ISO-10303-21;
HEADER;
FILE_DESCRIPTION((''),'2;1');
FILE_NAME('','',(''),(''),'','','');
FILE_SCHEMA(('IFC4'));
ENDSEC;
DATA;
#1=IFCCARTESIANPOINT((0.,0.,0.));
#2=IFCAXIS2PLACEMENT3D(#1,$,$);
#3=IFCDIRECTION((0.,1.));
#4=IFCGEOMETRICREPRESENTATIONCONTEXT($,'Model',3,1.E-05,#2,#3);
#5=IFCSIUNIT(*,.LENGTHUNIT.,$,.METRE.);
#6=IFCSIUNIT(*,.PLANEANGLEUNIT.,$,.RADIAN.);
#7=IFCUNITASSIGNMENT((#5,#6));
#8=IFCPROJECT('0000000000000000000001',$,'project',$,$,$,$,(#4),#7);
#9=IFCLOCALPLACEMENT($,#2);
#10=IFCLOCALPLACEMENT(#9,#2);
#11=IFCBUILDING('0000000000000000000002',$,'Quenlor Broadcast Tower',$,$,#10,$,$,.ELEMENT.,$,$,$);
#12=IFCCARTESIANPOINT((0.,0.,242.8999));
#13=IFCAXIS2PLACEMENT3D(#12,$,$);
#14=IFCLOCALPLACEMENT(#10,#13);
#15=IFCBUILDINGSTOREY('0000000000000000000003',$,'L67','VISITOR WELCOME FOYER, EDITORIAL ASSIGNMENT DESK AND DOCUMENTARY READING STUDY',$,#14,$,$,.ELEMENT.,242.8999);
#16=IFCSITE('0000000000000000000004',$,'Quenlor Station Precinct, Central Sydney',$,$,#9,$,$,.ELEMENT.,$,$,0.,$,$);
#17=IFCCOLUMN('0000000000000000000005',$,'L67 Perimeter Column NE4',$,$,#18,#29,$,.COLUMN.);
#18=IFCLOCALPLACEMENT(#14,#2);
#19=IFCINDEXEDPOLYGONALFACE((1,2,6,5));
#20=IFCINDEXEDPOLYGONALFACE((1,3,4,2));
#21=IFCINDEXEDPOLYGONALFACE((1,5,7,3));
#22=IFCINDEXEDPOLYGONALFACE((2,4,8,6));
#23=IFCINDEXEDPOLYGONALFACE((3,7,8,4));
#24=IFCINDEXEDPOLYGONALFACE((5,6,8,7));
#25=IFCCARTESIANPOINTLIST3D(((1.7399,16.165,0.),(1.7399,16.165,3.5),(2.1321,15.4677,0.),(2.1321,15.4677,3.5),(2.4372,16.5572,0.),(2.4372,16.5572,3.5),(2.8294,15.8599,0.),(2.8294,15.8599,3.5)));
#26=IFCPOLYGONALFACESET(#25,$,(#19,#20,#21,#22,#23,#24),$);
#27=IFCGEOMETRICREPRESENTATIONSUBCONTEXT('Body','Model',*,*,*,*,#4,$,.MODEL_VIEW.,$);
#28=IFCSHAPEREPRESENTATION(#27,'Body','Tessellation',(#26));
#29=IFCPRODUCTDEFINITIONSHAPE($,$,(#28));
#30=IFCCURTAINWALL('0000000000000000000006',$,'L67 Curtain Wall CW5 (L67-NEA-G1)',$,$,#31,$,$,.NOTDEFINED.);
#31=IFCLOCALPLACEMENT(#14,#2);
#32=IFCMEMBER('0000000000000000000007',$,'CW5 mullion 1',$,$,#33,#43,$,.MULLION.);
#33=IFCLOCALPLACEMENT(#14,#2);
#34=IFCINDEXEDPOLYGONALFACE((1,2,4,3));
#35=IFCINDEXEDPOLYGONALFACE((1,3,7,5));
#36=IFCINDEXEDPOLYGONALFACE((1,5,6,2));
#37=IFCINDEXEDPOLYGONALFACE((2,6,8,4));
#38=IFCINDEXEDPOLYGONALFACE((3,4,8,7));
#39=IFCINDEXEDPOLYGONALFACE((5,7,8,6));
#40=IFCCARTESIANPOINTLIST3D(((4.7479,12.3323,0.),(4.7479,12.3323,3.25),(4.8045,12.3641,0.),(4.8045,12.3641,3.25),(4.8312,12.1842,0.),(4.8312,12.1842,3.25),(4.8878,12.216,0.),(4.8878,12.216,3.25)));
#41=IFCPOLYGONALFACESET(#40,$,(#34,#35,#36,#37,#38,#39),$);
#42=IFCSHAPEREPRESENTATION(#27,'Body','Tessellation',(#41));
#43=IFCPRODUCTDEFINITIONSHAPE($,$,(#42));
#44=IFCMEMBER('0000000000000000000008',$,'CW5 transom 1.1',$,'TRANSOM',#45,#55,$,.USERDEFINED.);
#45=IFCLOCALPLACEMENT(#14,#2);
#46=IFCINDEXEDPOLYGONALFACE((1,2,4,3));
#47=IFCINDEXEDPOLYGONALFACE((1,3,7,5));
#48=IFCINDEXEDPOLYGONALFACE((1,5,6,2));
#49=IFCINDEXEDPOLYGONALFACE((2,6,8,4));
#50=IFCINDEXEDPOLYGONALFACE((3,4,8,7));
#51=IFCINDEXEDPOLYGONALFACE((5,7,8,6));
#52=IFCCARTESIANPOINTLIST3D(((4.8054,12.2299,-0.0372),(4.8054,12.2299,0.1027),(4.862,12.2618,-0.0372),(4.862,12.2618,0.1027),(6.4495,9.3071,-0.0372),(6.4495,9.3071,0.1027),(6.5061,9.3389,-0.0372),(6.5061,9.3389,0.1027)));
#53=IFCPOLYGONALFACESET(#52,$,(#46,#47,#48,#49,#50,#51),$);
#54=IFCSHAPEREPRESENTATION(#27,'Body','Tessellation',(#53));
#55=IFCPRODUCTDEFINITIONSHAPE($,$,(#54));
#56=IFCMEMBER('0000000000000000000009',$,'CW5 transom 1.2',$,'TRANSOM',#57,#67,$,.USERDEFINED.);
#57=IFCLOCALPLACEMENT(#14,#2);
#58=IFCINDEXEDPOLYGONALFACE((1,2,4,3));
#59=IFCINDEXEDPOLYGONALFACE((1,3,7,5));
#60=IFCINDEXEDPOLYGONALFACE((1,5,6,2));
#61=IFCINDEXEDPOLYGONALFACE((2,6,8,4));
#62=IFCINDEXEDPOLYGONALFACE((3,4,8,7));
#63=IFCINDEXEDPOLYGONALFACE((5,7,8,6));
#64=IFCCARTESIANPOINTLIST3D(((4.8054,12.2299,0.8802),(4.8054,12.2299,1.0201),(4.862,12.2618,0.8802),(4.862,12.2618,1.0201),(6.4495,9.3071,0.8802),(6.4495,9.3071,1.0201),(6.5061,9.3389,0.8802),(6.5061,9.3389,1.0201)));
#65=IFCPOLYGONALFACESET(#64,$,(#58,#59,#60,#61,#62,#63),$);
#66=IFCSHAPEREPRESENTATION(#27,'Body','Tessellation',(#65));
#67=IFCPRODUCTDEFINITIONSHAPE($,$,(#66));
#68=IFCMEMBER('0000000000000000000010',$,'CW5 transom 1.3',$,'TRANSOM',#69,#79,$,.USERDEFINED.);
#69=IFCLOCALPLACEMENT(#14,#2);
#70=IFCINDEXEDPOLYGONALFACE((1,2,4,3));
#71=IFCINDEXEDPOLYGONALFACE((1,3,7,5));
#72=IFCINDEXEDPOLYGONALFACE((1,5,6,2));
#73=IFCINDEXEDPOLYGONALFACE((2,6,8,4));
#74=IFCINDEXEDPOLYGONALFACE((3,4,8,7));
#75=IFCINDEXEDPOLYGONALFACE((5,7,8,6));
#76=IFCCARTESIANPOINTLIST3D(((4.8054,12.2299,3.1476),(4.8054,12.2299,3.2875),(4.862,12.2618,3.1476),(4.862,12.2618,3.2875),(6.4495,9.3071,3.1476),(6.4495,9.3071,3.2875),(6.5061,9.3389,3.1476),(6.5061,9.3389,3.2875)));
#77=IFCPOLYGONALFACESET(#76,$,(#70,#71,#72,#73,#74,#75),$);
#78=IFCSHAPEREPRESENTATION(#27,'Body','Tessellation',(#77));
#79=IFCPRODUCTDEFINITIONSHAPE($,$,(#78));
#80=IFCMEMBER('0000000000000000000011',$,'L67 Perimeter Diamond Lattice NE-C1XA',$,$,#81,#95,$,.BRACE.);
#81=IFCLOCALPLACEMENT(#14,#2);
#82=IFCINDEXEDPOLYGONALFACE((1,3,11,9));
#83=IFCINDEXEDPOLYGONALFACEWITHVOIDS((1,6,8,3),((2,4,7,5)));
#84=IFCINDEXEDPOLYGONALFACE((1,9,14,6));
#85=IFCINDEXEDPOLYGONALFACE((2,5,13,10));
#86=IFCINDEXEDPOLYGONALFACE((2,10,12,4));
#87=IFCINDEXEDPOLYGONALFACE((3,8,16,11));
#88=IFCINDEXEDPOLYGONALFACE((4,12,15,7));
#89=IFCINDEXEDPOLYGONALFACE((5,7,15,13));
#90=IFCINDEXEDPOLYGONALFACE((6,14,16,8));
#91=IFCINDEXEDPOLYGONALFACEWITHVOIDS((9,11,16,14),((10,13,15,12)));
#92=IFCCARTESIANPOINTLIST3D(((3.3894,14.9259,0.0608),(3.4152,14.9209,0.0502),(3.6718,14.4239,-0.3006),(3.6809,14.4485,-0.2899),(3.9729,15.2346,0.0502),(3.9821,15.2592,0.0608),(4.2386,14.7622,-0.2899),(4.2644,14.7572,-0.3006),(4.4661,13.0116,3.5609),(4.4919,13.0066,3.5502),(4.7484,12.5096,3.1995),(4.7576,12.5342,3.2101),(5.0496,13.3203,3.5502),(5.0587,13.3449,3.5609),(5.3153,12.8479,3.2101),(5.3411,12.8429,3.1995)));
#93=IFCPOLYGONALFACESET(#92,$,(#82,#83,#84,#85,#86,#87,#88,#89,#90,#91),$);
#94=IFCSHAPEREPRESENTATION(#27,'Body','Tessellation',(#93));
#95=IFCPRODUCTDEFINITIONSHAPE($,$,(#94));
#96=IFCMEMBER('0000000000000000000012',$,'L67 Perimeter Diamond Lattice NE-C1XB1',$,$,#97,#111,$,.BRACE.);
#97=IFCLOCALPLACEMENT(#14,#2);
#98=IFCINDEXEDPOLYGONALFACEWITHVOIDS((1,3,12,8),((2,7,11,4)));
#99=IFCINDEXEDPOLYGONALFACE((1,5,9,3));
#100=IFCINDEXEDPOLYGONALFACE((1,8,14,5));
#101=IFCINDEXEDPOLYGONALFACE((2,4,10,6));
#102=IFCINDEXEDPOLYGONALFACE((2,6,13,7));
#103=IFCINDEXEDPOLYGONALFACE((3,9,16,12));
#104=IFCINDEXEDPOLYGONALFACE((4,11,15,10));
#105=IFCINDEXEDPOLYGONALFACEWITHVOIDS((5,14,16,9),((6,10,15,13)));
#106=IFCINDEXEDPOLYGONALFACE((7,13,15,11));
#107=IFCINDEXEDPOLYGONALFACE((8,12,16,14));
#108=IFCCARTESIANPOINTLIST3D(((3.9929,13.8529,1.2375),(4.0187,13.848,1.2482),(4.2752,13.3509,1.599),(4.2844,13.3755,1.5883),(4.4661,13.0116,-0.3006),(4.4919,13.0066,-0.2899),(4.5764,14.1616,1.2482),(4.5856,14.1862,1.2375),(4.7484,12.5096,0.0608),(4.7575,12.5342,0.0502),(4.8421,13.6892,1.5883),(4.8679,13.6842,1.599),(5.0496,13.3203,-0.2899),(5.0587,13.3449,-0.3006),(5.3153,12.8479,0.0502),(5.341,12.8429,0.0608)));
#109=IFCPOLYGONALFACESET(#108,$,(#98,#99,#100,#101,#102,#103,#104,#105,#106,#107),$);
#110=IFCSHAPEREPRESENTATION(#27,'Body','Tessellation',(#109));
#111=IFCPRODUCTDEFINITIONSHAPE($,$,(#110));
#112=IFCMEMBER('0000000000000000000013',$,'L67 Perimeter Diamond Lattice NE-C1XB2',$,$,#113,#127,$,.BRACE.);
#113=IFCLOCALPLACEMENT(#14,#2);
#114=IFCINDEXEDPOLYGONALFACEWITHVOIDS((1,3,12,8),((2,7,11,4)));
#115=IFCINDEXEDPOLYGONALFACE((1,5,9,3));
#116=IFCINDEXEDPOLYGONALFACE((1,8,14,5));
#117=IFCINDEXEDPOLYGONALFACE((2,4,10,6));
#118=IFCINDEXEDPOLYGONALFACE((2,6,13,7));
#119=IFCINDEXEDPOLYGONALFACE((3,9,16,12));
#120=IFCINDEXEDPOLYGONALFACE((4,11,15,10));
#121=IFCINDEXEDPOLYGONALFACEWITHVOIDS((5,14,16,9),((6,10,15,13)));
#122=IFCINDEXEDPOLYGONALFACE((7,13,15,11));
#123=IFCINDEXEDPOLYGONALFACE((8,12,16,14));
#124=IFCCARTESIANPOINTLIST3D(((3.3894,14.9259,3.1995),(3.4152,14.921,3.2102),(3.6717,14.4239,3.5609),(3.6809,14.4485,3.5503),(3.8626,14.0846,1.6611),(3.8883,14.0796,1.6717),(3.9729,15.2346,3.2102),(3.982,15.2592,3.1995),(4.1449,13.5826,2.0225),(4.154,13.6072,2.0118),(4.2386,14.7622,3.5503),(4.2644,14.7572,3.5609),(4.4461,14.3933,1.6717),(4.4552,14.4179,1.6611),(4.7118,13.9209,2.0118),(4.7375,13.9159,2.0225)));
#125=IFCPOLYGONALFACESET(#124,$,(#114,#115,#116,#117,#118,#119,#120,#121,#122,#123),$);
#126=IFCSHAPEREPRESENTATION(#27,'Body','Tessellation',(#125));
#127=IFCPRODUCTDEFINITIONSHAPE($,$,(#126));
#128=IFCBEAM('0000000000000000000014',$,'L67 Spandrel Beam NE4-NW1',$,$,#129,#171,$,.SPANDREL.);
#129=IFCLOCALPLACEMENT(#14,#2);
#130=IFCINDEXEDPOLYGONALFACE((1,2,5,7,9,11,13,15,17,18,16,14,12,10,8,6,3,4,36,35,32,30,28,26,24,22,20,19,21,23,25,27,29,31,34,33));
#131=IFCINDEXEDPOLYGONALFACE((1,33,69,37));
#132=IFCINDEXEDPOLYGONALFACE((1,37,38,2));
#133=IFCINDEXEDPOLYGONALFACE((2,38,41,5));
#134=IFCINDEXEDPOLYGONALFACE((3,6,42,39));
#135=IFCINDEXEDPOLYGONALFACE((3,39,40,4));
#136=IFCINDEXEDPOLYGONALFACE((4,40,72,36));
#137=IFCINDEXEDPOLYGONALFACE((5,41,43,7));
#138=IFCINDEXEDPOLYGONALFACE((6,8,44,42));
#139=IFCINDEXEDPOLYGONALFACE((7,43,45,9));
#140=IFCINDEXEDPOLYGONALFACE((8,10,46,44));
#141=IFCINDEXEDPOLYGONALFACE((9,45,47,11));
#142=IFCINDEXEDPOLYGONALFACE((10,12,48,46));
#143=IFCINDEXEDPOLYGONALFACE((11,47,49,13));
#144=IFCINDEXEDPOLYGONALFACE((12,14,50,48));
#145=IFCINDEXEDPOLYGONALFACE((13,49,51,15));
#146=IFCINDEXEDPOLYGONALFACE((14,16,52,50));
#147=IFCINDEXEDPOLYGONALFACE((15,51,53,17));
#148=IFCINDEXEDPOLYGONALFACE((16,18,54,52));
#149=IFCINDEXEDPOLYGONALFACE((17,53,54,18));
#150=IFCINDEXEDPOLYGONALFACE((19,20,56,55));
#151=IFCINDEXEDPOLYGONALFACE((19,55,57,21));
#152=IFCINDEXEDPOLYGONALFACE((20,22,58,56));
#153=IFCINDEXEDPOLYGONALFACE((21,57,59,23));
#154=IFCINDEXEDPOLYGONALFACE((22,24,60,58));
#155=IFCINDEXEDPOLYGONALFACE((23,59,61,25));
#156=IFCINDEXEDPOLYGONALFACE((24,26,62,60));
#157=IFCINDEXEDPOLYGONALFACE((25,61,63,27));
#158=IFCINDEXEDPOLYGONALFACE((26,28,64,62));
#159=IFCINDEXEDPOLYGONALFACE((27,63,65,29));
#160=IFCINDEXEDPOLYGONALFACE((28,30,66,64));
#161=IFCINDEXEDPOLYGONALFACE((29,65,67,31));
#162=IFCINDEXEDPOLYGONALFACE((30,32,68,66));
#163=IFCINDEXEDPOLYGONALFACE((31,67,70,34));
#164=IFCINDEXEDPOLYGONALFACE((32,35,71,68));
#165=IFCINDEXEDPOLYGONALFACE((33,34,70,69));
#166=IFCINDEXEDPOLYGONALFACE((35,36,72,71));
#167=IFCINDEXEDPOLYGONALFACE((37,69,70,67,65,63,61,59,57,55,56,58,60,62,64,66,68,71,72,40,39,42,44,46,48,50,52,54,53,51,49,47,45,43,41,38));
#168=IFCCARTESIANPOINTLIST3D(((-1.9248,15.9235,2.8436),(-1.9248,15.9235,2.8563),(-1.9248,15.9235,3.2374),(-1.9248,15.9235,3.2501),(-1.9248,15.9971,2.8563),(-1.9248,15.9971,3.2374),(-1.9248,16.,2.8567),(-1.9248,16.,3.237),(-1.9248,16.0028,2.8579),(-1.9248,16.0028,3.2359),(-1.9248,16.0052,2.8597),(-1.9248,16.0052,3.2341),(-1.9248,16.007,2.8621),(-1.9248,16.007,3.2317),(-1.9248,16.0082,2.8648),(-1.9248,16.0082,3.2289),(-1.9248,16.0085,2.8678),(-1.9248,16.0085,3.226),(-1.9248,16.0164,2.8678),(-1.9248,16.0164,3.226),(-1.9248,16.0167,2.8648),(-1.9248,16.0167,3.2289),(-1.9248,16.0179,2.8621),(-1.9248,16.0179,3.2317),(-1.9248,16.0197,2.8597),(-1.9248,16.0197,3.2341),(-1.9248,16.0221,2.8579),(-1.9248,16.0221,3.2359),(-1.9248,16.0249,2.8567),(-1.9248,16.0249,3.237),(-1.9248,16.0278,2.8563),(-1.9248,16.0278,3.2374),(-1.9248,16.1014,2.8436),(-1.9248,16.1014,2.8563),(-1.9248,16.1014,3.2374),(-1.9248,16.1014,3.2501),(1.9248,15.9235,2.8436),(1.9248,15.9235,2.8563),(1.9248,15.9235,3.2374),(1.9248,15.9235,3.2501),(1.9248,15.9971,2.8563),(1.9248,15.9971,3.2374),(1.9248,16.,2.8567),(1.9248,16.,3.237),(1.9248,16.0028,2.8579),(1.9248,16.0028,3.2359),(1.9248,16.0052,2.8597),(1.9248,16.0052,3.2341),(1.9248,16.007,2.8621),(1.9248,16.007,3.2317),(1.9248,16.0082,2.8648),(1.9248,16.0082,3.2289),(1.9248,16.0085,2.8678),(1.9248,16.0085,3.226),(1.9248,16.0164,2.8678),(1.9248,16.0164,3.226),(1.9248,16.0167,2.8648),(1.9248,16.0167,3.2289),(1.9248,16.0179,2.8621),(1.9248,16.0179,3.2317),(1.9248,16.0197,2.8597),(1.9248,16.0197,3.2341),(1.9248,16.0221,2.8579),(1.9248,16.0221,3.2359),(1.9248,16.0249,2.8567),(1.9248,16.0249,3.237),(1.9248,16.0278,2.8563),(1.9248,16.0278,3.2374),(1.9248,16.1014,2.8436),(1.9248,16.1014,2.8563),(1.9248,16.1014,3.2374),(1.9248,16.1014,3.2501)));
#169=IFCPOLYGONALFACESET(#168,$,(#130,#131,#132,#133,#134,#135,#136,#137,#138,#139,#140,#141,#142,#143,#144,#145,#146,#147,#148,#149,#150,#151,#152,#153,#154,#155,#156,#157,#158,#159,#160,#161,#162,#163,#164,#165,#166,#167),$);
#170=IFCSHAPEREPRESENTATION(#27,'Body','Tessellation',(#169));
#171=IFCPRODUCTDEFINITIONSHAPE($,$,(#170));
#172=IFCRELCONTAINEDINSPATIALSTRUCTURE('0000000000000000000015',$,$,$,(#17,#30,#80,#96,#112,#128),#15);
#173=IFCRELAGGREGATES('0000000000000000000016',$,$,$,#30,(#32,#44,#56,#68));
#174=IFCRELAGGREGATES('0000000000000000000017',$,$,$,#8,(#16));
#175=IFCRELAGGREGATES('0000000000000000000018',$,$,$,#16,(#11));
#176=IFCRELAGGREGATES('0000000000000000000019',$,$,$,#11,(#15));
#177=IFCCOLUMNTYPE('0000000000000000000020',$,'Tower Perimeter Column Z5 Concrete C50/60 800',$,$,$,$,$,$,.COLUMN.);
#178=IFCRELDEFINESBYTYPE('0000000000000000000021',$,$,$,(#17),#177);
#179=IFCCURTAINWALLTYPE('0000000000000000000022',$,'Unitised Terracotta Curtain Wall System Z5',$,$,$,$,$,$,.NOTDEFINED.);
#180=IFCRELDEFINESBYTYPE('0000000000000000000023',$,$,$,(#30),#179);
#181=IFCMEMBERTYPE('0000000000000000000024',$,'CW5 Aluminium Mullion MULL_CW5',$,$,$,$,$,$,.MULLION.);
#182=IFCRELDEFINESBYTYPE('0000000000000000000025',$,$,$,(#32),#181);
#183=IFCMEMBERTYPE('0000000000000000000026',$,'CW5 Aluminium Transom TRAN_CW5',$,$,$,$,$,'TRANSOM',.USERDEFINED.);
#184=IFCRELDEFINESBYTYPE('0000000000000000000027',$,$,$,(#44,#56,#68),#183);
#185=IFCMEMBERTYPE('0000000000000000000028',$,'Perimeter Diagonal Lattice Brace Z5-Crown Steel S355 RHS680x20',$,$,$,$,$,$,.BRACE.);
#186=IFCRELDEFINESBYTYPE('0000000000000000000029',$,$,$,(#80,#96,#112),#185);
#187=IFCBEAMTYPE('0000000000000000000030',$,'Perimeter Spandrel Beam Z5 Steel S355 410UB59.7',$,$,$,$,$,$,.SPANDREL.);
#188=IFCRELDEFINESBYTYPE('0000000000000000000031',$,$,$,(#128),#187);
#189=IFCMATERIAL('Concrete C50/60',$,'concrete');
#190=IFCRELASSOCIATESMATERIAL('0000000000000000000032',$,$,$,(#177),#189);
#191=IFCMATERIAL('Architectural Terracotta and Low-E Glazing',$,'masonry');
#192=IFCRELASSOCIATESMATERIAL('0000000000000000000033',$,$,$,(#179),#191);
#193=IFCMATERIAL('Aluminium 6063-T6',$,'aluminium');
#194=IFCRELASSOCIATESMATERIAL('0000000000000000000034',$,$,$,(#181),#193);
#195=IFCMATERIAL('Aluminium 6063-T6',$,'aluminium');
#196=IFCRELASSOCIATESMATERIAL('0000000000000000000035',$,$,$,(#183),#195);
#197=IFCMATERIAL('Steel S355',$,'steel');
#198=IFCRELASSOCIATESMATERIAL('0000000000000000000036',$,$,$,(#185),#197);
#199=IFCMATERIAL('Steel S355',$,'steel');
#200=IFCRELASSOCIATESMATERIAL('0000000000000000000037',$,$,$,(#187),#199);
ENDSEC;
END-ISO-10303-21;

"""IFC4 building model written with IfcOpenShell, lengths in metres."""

from ifc_helpers import new_model, si_unit, direction, frame, origin, origin_2d, place, context, subcontext, project, spatial, rectangle, hollow_rectangle, i_section, extrude, material, material_profile, profile_set, type_object, element, aggregate, save


model = new_model("IFC4")

# Units and contexts
model_context = context("Model", 3, precision=1e-05, world=origin(), true_north=direction((0.0, 1.0)))
body_context = subcontext(model_context, "Body", "Model", "MODEL_VIEW")
ifc_project = project(units=[si_unit("LENGTHUNIT", "METRE"), si_unit("PLANEANGLEUNIT", "RADIAN")], contexts=[model_context])

# Site, building, storey
site_placement = place(None, origin())
site = spatial("IfcSite", under=ifc_project, at=site_placement, Name="Quenlor Station Precinct, Central Sydney", CompositionType="ELEMENT", RefElevation=0.0)
building_placement = place(site_placement, origin())
building = spatial("IfcBuilding", under=site, at=building_placement, Name="Quenlor Broadcast Tower", CompositionType="ELEMENT")
storey_placement = place(building_placement, frame((0.0, 0.0, 242.8999)))
storey = spatial("IfcBuildingStorey", under=building, at=storey_placement, Name="L67", Description="VISITOR WELCOME FOYER, EDITORIAL ASSIGNMENT DESK AND DOCUMENTARY READING STUDY", CompositionType="ELEMENT", Elevation=242.8999)

# Column
ifc_material_1 = material(Name="Concrete C50/60", Category="concrete")
ifc_material_profile_1 = material_profile(ifc_material_1, rectangle(XDim=0.8, YDim=0.8, at=origin_2d()))
ifc_profile_set_1 = profile_set([ifc_material_profile_1], Name="Concrete C50/60 RC800x800")
column_type = type_object("IfcColumnType", Name="Tower Perimeter Column Z5 Concrete C50/60 800", PredefinedType="COLUMN", material=ifc_profile_set_1)
column_placement = place(storey_placement, frame((2.2847, 16.0125, 0.0), z_axis=(0.0, 0.0, 1.0), x_axis=(0.871575, 0.490262, 0.0)))
element("IfcColumn", 1, at=column_placement, inside=storey, type_object=column_type, Name="L67 Perimeter Column NE4", PredefinedType="COLUMN", context=body_context, shape_type="SweptSolid", body=[
    extrude(rectangle(XDim=0.8, YDim=0.8, at=origin_2d()), origin(), (0.0, 0.0, 1.0), 3.5),
])

# Curtain wall, members
ifc_material_2 = material(Name="Architectural Terracotta and Low-E Glazing", Category="masonry")
curtain_wall_type = type_object("IfcCurtainWallType", Name="Unitised Terracotta Curtain Wall System Z5", PredefinedType="NOTDEFINED", material=ifc_material_2)
curtain_wall_placement = place(storey_placement, origin())
curtain_wall = element("IfcCurtainWall", 2, at=curtain_wall_placement, inside=storey, type_object=curtain_wall_type, Name="L67 Curtain Wall CW5 (L67-NEA-G1)", PredefinedType="NOTDEFINED")
ifc_material_3 = material(Name="Aluminium 6063-T6", Category="aluminium")
ifc_material_profile_2 = material_profile(ifc_material_3, rectangle(XDim=0.0649, YDim=0.1699, at=origin_2d()))
ifc_profile_set_2 = profile_set([ifc_material_profile_2], Name="Aluminium 6063-T6 MULL65x170")
member_type_1 = type_object("IfcMemberType", Name="CW5 Aluminium Mullion MULL_CW5", PredefinedType="MULLION", material=ifc_profile_set_2)
member_1_placement = place(storey_placement, frame((4.8179, 12.2742, 0.0), z_axis=(0.0, 0.0, 1.0), x_axis=(0.871582, 0.49025, 0.0)))
member_1 = element("IfcMember", 3, at=member_1_placement, type_object=member_type_1, Name="CW5 mullion 1", PredefinedType="MULLION", context=body_context, shape_type="SweptSolid", body=[
    extrude(rectangle(XDim=0.0649, YDim=0.1699, at=origin_2d()), origin(), (0.0, 0.0, 1.0), 3.25),
])
ifc_material_4 = material(Name="Aluminium 6063-T6", Category="aluminium")
ifc_material_profile_3 = material_profile(ifc_material_4, rectangle(XDim=0.0649, YDim=0.1399, at=origin_2d()))
ifc_profile_set_3 = profile_set([ifc_material_profile_3], Name="Aluminium 6063-T6 TRAN65x140")
member_type_2 = type_object("IfcMemberType", Name="CW5 Aluminium Transom TRAN_CW5", ElementType="TRANSOM", PredefinedType="USERDEFINED", material=ifc_profile_set_3)
member_2_placement = place(storey_placement, frame((4.8337, 12.2458, 0.0327), z_axis=(0.490247, -0.871583, 0.0), x_axis=(0.871583, 0.490247, 0.0)))
member_2 = element("IfcMember", 4, at=member_2_placement, type_object=member_type_2, Name="CW5 transom 1.1", ObjectType="TRANSOM", PredefinedType="USERDEFINED", context=body_context, shape_type="SweptSolid", body=[
    extrude(rectangle(XDim=0.0649, YDim=0.1399, at=origin_2d()), origin(), (0.0, 0.0, 1.0), 3.3535),
])
member_3_placement = place(storey_placement, frame((4.8337, 12.2458, 0.9502), z_axis=(0.490247, -0.871583, 0.0), x_axis=(0.871583, 0.490247, 0.0)))
member_3 = element("IfcMember", 5, at=member_3_placement, type_object=member_type_2, Name="CW5 transom 1.2", ObjectType="TRANSOM", PredefinedType="USERDEFINED", context=body_context, shape_type="SweptSolid", body=[
    extrude(rectangle(XDim=0.0649, YDim=0.1399, at=origin_2d()), origin(), (0.0, 0.0, 1.0), 3.3535),
])
member_4_placement = place(storey_placement, frame((4.8337, 12.2458, 3.2175), z_axis=(0.490247, -0.871583, 0.0), x_axis=(0.871583, 0.490247, 0.0)))
member_4 = element("IfcMember", 6, at=member_4_placement, type_object=member_type_2, Name="CW5 transom 1.3", ObjectType="TRANSOM", PredefinedType="USERDEFINED", context=body_context, shape_type="SweptSolid", body=[
    extrude(rectangle(XDim=0.0649, YDim=0.1399, at=origin_2d()), origin(), (0.0, 0.0, 1.0), 3.3535),
])

# Members
ifc_material_5 = material(Name="Steel S355", Category="steel")
ifc_material_profile_4 = material_profile(ifc_material_5, hollow_rectangle(XDim=0.6799, YDim=0.6799, WallThickness=0.02, at=origin_2d()))
ifc_profile_set_4 = profile_set([ifc_material_profile_4], Name="Steel S355 RHS680x680x20")
member_type_3 = type_object("IfcMemberType", Name="Perimeter Diagonal Lattice Brace Z5-Crown Steel S355 RHS680x20", PredefinedType="BRACE", material=ifc_profile_set_4)
member_5_placement = place(storey_placement, frame((3.8269, 14.8416, -0.1199), z_axis=(0.260564, -0.463283, 0.847039), x_axis=(0.871602, 0.490214, 0.0)))
element("IfcMember", 7, at=member_5_placement, inside=storey, type_object=member_type_3, Name="L67 Perimeter Diamond Lattice NE-C1XA", PredefinedType="BRACE", context=body_context, shape_type="SweptSolid", body=[
    extrude(hollow_rectangle(XDim=0.6799, YDim=0.6799, WallThickness=0.02, at=origin_2d()), origin(), (0.0, 0.0, 1.0), 4.1321),
])
member_6_placement = place(storey_placement, frame((4.9036, 12.9272, -0.1199), z_axis=(-0.260561, 0.463309, 0.847025), x_axis=(-0.871616, -0.490189, 0.0)))
element("IfcMember", 8, at=member_6_placement, inside=storey, type_object=member_type_3, Name="L67 Perimeter Diamond Lattice NE-C1XB1", PredefinedType="BRACE", context=body_context, shape_type="SweptSolid", body=[
    extrude(hollow_rectangle(XDim=0.6799, YDim=0.6799, WallThickness=0.02, at=origin_2d()), origin(), (0.0, 0.0, 1.0), 1.8159),
])
member_7_placement = place(storey_placement, frame((4.3, 14.0002, 1.8418), z_axis=(-0.260532, 0.463257, 0.847063), x_axis=(-0.871616, -0.490189, 0.0)))
element("IfcMember", 9, at=member_7_placement, inside=storey, type_object=member_type_3, Name="L67 Perimeter Diamond Lattice NE-C1XB2", PredefinedType="BRACE", context=body_context, shape_type="SweptSolid", body=[
    extrude(hollow_rectangle(XDim=0.6799, YDim=0.6799, WallThickness=0.02, at=origin_2d()), origin(), (0.0, 0.0, 1.0), 1.8162),
])

# Beam
ifc_material_6 = material(Name="Steel S355", Category="steel")
ifc_material_profile_5 = material_profile(ifc_material_6, i_section(OverallWidth=0.178, OverallDepth=0.4065, WebThickness=0.0078, FlangeThickness=0.0127, FilletRadius=0.0115, at=origin_2d()))
ifc_profile_set_5 = profile_set([ifc_material_profile_5], Name="Steel S355 410UB59.7")
beam_type_1 = type_object("IfcBeamType", Name="Perimeter Spandrel Beam Z5 Steel S355 410UB59.7", PredefinedType="SPANDREL", material=ifc_profile_set_5)
beam_1_placement = place(storey_placement, frame((1.9248, 16.0125, 3.0469), z_axis=(-1.0, 0.0, 0.0), x_axis=(0.0, -1.0, 0.0)))
element("IfcBeam", 10, at=beam_1_placement, inside=storey, type_object=beam_type_1, Name="L67 Spandrel Beam NE4-NW1", PredefinedType="SPANDREL", context=body_context, shape_type="SweptSolid", body=[
    extrude(i_section(OverallWidth=0.178, OverallDepth=0.4065, WebThickness=0.0078, FlangeThickness=0.0127, FilletRadius=0.0115, at=origin_2d()), origin(), (0.0, 0.0, 1.0), 3.8496),
])

aggregate(curtain_wall, [member_1, member_2, member_3, member_4])

save(model, "model.ifc")
